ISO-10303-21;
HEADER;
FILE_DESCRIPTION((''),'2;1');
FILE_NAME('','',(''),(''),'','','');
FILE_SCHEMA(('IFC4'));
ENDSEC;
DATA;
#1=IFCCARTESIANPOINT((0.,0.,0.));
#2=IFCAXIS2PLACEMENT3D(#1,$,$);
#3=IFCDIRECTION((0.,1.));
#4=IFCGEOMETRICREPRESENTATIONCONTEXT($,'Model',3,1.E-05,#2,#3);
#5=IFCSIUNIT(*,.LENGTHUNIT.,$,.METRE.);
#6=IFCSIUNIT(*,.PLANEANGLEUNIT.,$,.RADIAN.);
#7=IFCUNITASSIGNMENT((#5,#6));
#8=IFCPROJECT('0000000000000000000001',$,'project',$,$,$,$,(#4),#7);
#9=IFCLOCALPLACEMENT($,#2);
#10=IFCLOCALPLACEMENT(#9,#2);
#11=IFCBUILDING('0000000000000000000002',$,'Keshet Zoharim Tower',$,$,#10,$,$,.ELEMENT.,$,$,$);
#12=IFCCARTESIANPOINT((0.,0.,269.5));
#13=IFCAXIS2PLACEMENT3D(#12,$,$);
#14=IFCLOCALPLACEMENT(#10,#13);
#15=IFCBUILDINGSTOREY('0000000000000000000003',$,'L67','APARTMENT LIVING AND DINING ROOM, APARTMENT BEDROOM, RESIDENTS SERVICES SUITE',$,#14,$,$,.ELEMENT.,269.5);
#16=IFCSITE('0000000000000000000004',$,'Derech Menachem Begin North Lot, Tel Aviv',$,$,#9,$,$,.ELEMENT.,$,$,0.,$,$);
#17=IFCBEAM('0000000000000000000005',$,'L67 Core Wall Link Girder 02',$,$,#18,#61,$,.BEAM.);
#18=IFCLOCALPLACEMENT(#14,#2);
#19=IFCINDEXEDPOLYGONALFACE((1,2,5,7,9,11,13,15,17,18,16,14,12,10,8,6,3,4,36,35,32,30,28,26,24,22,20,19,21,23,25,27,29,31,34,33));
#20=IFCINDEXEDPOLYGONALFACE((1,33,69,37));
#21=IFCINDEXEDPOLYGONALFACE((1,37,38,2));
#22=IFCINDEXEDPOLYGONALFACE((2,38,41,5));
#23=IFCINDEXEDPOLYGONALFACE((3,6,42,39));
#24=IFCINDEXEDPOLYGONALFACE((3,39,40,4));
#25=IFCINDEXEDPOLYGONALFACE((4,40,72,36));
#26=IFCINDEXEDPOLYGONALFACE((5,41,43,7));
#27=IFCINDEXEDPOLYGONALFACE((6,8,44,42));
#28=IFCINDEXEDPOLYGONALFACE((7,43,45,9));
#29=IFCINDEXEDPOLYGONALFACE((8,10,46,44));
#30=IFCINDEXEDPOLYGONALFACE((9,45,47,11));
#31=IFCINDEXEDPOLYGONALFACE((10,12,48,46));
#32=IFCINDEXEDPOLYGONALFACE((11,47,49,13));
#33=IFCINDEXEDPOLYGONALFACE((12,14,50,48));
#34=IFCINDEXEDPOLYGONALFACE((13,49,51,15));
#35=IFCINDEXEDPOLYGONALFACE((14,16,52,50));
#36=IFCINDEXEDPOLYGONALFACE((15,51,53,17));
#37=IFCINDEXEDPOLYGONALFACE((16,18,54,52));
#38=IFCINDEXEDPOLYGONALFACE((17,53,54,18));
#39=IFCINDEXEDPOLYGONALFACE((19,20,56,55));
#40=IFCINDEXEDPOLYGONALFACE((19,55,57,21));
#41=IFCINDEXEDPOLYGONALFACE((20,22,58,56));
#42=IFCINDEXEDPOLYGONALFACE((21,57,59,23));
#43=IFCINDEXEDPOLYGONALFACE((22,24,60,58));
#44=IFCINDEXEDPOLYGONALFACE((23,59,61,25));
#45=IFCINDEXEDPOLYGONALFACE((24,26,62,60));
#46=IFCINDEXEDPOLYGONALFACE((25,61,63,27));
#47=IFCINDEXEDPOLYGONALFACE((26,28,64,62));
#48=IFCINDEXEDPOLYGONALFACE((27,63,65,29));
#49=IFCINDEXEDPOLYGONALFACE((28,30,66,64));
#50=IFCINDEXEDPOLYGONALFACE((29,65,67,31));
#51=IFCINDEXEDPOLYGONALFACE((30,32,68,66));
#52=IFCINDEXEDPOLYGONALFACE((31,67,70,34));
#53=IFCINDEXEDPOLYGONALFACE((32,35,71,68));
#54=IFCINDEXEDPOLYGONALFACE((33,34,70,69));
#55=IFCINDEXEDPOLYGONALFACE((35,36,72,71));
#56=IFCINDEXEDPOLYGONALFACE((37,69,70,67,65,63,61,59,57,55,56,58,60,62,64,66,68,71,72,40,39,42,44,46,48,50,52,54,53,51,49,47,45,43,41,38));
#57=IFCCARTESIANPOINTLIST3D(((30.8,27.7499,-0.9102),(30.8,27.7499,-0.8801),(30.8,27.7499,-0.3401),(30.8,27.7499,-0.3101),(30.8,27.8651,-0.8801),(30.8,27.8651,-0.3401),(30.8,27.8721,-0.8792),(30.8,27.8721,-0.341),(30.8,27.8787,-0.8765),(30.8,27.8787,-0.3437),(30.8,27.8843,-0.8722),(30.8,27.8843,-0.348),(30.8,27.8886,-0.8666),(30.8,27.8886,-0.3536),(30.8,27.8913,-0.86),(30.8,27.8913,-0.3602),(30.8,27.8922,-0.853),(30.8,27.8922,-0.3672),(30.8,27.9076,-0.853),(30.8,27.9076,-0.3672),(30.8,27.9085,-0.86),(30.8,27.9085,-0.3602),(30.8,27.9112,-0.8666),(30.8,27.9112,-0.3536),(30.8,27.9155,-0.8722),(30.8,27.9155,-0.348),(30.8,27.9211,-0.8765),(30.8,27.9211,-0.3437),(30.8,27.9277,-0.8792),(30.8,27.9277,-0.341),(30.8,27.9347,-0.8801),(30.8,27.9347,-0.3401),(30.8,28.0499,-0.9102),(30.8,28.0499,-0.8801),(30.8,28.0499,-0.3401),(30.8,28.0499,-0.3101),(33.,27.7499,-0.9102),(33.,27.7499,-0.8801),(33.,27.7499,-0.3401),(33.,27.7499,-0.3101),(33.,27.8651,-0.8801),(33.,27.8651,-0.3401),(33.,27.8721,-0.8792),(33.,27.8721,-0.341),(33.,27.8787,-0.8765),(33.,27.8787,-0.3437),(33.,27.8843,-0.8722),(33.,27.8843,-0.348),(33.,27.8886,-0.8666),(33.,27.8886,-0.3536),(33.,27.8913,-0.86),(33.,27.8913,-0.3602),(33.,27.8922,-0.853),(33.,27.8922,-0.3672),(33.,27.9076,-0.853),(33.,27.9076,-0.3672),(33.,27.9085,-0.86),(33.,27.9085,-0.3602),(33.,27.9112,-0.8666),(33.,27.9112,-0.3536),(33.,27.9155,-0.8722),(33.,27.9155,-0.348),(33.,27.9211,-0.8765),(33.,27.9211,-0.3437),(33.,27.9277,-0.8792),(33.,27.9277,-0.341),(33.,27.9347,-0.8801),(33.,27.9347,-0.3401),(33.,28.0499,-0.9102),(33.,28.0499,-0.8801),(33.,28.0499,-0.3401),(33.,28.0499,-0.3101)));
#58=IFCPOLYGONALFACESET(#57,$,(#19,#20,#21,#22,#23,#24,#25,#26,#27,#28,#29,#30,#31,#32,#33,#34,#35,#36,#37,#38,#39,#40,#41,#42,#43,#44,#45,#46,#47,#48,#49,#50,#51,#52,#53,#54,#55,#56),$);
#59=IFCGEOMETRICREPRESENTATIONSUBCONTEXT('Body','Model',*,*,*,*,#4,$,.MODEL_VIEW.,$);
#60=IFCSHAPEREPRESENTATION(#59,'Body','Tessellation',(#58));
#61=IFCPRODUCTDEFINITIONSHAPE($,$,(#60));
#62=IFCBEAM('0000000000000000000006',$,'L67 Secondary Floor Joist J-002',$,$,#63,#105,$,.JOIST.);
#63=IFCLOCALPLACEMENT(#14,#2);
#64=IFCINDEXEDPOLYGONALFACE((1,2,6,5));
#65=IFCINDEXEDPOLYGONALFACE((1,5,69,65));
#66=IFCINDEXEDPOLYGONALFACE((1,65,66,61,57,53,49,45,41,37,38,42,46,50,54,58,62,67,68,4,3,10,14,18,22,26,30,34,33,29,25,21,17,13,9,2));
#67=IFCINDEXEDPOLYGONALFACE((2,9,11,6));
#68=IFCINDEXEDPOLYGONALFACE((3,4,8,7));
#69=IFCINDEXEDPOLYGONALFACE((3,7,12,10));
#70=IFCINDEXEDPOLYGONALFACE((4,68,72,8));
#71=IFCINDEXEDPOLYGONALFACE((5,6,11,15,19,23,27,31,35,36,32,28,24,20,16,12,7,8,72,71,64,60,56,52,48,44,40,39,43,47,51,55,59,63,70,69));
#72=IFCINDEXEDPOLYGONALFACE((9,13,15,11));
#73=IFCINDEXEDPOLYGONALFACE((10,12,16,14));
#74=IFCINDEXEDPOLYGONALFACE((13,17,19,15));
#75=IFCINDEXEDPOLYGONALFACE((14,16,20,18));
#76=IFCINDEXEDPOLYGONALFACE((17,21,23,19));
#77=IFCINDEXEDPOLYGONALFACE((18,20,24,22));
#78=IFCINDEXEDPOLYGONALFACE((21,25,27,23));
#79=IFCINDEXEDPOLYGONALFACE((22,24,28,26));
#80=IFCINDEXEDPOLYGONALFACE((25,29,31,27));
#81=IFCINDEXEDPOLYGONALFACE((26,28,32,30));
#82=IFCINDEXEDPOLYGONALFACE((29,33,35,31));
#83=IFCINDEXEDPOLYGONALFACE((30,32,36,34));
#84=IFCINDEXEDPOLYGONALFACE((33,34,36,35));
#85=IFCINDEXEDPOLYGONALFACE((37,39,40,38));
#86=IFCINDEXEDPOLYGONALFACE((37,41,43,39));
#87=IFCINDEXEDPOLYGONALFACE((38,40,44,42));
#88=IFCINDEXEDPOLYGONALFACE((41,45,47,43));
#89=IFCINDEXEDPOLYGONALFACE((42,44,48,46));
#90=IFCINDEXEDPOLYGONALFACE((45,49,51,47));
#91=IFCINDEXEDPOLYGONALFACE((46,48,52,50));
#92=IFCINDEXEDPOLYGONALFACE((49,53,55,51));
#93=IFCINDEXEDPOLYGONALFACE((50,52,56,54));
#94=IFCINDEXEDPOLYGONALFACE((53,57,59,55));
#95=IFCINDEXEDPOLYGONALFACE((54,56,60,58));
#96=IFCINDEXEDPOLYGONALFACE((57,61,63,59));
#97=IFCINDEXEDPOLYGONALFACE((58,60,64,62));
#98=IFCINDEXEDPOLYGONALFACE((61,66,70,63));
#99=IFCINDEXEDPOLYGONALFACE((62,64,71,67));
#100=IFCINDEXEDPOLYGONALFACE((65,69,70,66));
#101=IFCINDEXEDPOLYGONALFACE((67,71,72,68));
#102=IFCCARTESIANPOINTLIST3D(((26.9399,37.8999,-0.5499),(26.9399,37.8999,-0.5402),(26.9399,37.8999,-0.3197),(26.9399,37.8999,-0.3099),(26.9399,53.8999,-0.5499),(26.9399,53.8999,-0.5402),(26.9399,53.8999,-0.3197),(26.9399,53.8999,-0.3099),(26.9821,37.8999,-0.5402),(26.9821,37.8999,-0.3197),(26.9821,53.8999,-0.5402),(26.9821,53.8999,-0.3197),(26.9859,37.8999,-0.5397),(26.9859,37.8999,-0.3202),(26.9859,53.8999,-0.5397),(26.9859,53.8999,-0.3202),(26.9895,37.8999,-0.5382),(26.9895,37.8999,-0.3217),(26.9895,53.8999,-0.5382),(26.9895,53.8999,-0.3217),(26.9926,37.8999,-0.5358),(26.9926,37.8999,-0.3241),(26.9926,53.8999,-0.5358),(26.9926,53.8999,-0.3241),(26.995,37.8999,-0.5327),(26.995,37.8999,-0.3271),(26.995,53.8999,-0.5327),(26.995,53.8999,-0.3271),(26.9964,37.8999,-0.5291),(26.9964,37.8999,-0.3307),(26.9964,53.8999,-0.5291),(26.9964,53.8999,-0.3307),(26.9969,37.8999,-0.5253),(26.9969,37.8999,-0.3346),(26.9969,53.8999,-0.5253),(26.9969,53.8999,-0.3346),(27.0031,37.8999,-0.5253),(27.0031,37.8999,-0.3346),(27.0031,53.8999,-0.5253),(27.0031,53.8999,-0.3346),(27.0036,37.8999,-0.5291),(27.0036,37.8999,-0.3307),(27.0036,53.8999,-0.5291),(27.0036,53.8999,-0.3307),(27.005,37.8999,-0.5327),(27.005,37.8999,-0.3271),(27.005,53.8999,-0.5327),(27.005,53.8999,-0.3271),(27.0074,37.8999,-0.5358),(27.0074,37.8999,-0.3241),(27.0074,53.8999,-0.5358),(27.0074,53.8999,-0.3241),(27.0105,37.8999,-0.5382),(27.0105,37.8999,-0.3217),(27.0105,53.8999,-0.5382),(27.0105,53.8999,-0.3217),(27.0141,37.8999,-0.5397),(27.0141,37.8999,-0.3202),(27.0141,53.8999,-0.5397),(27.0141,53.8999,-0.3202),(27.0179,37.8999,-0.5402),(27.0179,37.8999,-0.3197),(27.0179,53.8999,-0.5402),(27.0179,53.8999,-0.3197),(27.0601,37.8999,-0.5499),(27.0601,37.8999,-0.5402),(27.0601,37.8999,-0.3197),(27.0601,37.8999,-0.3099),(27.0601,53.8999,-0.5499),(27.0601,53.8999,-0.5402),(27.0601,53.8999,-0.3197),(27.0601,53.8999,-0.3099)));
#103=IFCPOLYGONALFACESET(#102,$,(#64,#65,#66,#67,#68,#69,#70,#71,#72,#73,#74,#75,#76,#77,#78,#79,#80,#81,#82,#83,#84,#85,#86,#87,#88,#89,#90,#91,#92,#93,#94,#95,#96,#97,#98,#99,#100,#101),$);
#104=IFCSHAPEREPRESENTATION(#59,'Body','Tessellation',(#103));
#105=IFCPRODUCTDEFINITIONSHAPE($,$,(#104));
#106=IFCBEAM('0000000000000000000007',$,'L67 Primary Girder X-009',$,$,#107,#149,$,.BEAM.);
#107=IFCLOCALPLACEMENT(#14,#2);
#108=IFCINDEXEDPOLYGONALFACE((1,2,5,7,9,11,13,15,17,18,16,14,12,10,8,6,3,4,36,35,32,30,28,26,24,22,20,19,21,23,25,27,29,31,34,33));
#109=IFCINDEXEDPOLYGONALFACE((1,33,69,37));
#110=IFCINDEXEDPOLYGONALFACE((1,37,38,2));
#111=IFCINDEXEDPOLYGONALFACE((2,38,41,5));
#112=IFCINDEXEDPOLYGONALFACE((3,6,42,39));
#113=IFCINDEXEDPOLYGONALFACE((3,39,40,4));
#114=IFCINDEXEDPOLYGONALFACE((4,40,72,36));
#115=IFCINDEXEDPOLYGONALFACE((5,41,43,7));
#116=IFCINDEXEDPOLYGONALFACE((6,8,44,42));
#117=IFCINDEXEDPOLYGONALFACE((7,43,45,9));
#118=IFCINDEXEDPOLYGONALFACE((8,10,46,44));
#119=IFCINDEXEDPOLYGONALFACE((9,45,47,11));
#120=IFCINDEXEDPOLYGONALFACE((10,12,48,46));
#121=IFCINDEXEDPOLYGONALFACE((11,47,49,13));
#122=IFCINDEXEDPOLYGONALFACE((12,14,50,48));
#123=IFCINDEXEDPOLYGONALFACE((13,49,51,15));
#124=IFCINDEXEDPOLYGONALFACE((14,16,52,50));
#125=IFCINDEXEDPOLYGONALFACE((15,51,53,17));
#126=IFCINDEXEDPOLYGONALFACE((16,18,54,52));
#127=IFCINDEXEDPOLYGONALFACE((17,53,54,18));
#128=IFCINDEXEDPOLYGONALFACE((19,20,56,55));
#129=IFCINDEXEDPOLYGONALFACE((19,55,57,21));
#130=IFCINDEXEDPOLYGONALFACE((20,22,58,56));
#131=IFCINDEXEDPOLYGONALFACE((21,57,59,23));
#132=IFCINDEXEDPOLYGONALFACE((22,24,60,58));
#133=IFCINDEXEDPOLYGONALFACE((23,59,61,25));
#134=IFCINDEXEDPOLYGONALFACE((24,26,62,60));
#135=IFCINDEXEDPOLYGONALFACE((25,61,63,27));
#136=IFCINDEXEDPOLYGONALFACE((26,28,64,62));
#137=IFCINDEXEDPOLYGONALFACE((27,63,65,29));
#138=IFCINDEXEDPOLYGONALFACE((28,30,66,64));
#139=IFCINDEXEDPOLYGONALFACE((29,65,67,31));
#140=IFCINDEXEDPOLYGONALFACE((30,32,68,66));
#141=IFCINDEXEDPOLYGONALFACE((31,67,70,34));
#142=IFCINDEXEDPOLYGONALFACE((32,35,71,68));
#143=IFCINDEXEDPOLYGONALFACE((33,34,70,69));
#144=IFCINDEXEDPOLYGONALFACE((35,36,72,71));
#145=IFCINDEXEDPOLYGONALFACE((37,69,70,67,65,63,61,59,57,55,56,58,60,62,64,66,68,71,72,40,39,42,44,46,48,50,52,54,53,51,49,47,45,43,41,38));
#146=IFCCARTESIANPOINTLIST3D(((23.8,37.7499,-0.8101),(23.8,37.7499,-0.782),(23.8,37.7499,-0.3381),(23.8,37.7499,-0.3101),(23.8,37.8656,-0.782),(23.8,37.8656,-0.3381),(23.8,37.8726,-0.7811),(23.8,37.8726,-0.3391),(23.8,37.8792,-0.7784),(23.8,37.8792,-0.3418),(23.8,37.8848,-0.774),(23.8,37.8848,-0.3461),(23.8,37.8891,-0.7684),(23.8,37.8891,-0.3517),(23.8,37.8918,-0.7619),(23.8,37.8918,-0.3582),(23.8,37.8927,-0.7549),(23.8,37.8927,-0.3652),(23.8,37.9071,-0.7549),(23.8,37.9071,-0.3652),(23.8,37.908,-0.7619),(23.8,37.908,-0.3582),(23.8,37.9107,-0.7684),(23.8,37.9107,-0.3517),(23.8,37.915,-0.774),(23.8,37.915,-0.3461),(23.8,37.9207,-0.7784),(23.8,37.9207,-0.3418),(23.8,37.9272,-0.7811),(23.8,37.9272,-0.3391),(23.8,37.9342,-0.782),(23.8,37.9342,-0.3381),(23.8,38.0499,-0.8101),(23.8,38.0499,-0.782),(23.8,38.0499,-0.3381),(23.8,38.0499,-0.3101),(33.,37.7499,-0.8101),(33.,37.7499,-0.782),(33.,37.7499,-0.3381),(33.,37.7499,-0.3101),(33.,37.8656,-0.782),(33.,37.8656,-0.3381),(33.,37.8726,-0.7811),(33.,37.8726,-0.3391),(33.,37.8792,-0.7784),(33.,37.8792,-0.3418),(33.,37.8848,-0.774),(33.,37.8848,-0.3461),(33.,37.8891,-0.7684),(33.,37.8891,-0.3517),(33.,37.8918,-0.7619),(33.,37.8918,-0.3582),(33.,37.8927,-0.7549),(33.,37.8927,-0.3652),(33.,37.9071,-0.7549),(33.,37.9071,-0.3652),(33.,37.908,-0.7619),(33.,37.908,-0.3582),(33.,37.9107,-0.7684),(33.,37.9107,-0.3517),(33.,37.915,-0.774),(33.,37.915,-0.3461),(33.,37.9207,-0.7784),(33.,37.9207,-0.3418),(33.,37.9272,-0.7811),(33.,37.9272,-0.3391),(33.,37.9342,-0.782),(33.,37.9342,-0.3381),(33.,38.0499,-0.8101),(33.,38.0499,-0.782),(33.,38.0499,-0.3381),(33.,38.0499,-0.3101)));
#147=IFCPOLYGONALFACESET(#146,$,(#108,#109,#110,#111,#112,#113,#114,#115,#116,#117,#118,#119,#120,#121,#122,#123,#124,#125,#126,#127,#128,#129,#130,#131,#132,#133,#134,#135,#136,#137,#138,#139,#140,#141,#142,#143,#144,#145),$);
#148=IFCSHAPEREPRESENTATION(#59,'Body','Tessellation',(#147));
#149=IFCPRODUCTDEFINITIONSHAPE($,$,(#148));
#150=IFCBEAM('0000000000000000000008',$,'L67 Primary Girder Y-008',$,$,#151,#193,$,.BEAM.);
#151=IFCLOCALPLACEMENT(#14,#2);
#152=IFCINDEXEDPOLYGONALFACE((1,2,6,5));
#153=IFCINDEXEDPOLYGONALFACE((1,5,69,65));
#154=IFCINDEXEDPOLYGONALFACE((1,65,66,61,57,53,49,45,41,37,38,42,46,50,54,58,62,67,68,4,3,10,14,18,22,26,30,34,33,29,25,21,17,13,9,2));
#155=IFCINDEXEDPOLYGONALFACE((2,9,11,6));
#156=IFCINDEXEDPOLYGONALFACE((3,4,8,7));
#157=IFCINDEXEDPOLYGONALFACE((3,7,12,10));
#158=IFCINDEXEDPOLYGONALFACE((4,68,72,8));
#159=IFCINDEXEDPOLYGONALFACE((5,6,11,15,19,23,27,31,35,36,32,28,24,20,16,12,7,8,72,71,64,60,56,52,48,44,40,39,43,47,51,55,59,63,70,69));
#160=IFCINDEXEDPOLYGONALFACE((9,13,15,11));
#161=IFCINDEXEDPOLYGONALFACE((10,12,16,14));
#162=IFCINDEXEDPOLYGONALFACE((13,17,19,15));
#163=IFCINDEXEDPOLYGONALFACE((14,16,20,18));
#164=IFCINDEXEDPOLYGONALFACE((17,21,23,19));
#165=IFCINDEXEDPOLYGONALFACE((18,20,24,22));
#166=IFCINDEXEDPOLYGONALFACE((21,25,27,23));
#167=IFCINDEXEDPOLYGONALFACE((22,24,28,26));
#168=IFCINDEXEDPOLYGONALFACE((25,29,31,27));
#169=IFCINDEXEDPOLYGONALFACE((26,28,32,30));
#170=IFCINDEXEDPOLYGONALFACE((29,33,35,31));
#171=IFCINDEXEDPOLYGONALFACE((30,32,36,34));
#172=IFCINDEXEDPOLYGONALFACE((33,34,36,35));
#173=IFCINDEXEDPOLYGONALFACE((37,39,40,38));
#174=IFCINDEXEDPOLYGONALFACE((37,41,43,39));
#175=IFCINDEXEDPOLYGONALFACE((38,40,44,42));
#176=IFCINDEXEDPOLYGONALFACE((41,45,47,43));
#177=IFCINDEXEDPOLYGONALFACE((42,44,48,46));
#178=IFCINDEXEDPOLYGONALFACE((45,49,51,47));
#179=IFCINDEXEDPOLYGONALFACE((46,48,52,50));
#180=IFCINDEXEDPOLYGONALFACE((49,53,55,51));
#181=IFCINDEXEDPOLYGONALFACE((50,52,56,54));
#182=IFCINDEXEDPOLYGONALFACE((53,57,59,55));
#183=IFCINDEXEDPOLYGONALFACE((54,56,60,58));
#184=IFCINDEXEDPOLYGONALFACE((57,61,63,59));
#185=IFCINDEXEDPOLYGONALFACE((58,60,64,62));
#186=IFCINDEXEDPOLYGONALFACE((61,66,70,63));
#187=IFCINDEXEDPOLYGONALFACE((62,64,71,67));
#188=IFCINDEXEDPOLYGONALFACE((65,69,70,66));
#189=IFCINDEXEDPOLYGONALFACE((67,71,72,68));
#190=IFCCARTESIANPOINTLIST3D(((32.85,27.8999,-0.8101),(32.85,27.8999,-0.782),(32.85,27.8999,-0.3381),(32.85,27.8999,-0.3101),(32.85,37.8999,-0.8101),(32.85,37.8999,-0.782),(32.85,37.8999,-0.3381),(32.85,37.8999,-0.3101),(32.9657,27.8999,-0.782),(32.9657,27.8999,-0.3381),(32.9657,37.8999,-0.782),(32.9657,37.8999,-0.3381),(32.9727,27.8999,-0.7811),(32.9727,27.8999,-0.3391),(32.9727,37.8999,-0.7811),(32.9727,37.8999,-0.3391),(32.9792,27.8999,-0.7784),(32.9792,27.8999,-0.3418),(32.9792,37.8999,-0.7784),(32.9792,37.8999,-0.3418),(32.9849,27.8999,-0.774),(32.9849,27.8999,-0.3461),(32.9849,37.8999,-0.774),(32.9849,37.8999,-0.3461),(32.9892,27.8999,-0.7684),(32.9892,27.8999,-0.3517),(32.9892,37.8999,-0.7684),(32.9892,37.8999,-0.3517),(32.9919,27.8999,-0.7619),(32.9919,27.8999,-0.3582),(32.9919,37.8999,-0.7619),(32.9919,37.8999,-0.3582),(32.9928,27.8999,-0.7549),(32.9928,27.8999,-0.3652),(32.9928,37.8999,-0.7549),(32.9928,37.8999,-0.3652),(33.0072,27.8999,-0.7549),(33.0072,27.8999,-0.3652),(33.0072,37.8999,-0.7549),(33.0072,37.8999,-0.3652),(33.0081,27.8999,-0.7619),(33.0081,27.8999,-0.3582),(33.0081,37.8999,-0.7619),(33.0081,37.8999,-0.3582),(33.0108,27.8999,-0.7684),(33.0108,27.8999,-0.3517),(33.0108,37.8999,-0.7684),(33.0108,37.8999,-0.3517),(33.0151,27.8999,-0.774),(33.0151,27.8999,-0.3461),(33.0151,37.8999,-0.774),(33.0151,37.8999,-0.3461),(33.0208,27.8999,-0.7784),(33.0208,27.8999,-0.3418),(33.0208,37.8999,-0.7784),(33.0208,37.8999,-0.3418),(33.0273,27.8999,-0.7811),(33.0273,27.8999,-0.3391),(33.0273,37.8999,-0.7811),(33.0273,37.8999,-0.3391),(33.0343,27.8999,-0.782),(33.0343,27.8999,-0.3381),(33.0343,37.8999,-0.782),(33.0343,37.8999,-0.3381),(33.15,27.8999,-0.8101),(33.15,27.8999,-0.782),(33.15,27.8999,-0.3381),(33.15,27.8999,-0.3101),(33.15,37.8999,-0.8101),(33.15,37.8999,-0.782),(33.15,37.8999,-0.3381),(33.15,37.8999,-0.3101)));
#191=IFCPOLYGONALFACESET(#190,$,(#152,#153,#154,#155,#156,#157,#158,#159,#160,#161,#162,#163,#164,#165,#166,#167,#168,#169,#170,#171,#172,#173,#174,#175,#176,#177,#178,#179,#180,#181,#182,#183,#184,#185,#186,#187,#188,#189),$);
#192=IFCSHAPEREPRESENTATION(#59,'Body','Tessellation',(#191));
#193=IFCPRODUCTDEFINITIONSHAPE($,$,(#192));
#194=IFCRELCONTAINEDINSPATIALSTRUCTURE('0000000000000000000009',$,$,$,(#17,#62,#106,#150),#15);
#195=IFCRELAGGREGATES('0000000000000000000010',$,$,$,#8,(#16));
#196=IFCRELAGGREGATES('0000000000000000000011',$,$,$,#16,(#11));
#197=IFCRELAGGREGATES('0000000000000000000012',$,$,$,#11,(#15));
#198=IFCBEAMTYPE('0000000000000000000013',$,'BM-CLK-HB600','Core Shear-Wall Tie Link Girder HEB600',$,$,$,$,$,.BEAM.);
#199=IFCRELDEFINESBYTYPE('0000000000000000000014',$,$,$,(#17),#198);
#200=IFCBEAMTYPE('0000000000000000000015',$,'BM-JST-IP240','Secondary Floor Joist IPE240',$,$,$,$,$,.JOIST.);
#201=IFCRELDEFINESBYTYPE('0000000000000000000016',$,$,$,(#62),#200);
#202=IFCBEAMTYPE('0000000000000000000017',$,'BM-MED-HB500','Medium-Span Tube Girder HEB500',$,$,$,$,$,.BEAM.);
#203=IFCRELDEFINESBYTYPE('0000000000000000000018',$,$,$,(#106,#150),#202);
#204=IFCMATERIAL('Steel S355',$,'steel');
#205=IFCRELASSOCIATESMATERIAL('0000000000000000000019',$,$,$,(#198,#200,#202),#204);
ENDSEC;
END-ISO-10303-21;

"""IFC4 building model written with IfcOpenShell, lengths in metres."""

from ifc_helpers import new_model, si_unit, direction, frame, origin, origin_2d, place, context, subcontext, project, spatial, i_section, extrude, material, material_profile, profile_set, type_object, element, save


model = new_model("IFC4")

# Units and contexts
model_context = context("Model", 3, precision=1e-05, world=origin(), true_north=direction((0.0, 1.0)))
body_context = subcontext(model_context, "Body", "Model", "MODEL_VIEW")
ifc_project = project(units=[si_unit("LENGTHUNIT", "METRE"), si_unit("PLANEANGLEUNIT", "RADIAN")], contexts=[model_context])

# Site, building, storey
site_placement = place(None, origin())
site = spatial("IfcSite", under=ifc_project, at=site_placement, Name="Derech Menachem Begin North Lot, Tel Aviv", CompositionType="ELEMENT", RefElevation=0.0)
building_placement = place(site_placement, origin())
building = spatial("IfcBuilding", under=site, at=building_placement, Name="Keshet Zoharim Tower", CompositionType="ELEMENT")
storey_placement = place(building_placement, frame((0.0, 0.0, 269.5)))
storey = spatial("IfcBuildingStorey", under=building, at=storey_placement, Name="L67", Description="APARTMENT LIVING AND DINING ROOM, APARTMENT BEDROOM, RESIDENTS SERVICES SUITE", CompositionType="ELEMENT", Elevation=269.5)

# Beams
ifc_material_1 = material(Name="Steel S355", Category="steel")
ifc_material_profile_1 = material_profile(ifc_material_1, i_section(OverallWidth=0.3, OverallDepth=0.6001, WebThickness=0.0154, FlangeThickness=0.03, FilletRadius=0.0271, at=origin_2d()), Name="HEB600")
ifc_profile_set_1 = profile_set([ifc_material_profile_1], Name="Steel S355")
beam_type_1 = type_object("IfcBeamType", Name="BM-CLK-HB600", Description="Core Shear-Wall Tie Link Girder HEB600", PredefinedType="BEAM", material=ifc_profile_set_1)
beam_1_placement = place(storey_placement, frame((30.8, 27.8999, -0.6101), z_axis=(1.0, 0.0, 0.0), x_axis=(0.0, 1.0, 0.0)))
element("IfcBeam", 1, at=beam_1_placement, inside=storey, type_object=beam_type_1, Name="L67 Core Wall Link Girder 02", PredefinedType="BEAM", context=body_context, shape_type="SweptSolid", body=[
    extrude(i_section(OverallWidth=0.3, OverallDepth=0.6001, WebThickness=0.0154, FlangeThickness=0.03, FilletRadius=0.0271, at=origin_2d()), origin(), (0.0, 0.0, 1.0), 2.2),
])
ifc_material_profile_2 = material_profile(ifc_material_1, i_section(OverallWidth=0.1201, OverallDepth=0.24, WebThickness=0.0061, FlangeThickness=0.0098, FilletRadius=0.0149, at=origin_2d()), Name="IPE240")
ifc_profile_set_2 = profile_set([ifc_material_profile_2], Name="Steel S355")
beam_type_2 = type_object("IfcBeamType", Name="BM-JST-IP240", Description="Secondary Floor Joist IPE240", PredefinedType="JOIST", material=ifc_profile_set_2)
beam_2_placement = place(storey_placement, frame((27.0, 37.8999, -0.4299), z_axis=(0.0, 1.0, 0.0), x_axis=(-1.0, 0.0, 0.0)))
element("IfcBeam", 2, at=beam_2_placement, inside=storey, type_object=beam_type_2, Name="L67 Secondary Floor Joist J-002", PredefinedType="JOIST", context=body_context, shape_type="SweptSolid", body=[
    extrude(i_section(OverallWidth=0.1201, OverallDepth=0.24, WebThickness=0.0061, FlangeThickness=0.0098, FilletRadius=0.0149, at=origin_2d()), origin(), (0.0, 0.0, 1.0), 16.0),
])
ifc_material_profile_3 = material_profile(ifc_material_1, i_section(OverallWidth=0.3, OverallDepth=0.5, WebThickness=0.0144, FlangeThickness=0.0281, FilletRadius=0.0271, at=origin_2d()), Name="HEB500")
ifc_profile_set_3 = profile_set([ifc_material_profile_3], Name="Steel S355")
beam_type_3 = type_object("IfcBeamType", Name="BM-MED-HB500", Description="Medium-Span Tube Girder HEB500", PredefinedType="BEAM", material=ifc_profile_set_3)
beam_3_placement = place(storey_placement, frame((23.8, 37.8999, -0.5601), z_axis=(1.0, 0.0, 0.0), x_axis=(0.0, 1.0, 0.0)))
element("IfcBeam", 3, at=beam_3_placement, inside=storey, type_object=beam_type_3, Name="L67 Primary Girder X-009", PredefinedType="BEAM", context=body_context, shape_type="SweptSolid", body=[
    extrude(i_section(OverallWidth=0.3, OverallDepth=0.5, WebThickness=0.0144, FlangeThickness=0.0281, FilletRadius=0.0271, at=origin_2d()), origin(), (0.0, 0.0, 1.0), 9.2),
])
beam_4_placement = place(storey_placement, frame((33.0, 27.8999, -0.5601), z_axis=(0.0, 1.0, 0.0), x_axis=(-1.0, 0.0, 0.0)))
element("IfcBeam", 4, at=beam_4_placement, inside=storey, type_object=beam_type_3, Name="L67 Primary Girder Y-008", PredefinedType="BEAM", context=body_context, shape_type="SweptSolid", body=[
    extrude(i_section(OverallWidth=0.3, OverallDepth=0.5, WebThickness=0.0144, FlangeThickness=0.0281, FilletRadius=0.0271, at=origin_2d()), origin(), (0.0, 0.0, 1.0), 10.0),
])

save(model, "model.ifc")
